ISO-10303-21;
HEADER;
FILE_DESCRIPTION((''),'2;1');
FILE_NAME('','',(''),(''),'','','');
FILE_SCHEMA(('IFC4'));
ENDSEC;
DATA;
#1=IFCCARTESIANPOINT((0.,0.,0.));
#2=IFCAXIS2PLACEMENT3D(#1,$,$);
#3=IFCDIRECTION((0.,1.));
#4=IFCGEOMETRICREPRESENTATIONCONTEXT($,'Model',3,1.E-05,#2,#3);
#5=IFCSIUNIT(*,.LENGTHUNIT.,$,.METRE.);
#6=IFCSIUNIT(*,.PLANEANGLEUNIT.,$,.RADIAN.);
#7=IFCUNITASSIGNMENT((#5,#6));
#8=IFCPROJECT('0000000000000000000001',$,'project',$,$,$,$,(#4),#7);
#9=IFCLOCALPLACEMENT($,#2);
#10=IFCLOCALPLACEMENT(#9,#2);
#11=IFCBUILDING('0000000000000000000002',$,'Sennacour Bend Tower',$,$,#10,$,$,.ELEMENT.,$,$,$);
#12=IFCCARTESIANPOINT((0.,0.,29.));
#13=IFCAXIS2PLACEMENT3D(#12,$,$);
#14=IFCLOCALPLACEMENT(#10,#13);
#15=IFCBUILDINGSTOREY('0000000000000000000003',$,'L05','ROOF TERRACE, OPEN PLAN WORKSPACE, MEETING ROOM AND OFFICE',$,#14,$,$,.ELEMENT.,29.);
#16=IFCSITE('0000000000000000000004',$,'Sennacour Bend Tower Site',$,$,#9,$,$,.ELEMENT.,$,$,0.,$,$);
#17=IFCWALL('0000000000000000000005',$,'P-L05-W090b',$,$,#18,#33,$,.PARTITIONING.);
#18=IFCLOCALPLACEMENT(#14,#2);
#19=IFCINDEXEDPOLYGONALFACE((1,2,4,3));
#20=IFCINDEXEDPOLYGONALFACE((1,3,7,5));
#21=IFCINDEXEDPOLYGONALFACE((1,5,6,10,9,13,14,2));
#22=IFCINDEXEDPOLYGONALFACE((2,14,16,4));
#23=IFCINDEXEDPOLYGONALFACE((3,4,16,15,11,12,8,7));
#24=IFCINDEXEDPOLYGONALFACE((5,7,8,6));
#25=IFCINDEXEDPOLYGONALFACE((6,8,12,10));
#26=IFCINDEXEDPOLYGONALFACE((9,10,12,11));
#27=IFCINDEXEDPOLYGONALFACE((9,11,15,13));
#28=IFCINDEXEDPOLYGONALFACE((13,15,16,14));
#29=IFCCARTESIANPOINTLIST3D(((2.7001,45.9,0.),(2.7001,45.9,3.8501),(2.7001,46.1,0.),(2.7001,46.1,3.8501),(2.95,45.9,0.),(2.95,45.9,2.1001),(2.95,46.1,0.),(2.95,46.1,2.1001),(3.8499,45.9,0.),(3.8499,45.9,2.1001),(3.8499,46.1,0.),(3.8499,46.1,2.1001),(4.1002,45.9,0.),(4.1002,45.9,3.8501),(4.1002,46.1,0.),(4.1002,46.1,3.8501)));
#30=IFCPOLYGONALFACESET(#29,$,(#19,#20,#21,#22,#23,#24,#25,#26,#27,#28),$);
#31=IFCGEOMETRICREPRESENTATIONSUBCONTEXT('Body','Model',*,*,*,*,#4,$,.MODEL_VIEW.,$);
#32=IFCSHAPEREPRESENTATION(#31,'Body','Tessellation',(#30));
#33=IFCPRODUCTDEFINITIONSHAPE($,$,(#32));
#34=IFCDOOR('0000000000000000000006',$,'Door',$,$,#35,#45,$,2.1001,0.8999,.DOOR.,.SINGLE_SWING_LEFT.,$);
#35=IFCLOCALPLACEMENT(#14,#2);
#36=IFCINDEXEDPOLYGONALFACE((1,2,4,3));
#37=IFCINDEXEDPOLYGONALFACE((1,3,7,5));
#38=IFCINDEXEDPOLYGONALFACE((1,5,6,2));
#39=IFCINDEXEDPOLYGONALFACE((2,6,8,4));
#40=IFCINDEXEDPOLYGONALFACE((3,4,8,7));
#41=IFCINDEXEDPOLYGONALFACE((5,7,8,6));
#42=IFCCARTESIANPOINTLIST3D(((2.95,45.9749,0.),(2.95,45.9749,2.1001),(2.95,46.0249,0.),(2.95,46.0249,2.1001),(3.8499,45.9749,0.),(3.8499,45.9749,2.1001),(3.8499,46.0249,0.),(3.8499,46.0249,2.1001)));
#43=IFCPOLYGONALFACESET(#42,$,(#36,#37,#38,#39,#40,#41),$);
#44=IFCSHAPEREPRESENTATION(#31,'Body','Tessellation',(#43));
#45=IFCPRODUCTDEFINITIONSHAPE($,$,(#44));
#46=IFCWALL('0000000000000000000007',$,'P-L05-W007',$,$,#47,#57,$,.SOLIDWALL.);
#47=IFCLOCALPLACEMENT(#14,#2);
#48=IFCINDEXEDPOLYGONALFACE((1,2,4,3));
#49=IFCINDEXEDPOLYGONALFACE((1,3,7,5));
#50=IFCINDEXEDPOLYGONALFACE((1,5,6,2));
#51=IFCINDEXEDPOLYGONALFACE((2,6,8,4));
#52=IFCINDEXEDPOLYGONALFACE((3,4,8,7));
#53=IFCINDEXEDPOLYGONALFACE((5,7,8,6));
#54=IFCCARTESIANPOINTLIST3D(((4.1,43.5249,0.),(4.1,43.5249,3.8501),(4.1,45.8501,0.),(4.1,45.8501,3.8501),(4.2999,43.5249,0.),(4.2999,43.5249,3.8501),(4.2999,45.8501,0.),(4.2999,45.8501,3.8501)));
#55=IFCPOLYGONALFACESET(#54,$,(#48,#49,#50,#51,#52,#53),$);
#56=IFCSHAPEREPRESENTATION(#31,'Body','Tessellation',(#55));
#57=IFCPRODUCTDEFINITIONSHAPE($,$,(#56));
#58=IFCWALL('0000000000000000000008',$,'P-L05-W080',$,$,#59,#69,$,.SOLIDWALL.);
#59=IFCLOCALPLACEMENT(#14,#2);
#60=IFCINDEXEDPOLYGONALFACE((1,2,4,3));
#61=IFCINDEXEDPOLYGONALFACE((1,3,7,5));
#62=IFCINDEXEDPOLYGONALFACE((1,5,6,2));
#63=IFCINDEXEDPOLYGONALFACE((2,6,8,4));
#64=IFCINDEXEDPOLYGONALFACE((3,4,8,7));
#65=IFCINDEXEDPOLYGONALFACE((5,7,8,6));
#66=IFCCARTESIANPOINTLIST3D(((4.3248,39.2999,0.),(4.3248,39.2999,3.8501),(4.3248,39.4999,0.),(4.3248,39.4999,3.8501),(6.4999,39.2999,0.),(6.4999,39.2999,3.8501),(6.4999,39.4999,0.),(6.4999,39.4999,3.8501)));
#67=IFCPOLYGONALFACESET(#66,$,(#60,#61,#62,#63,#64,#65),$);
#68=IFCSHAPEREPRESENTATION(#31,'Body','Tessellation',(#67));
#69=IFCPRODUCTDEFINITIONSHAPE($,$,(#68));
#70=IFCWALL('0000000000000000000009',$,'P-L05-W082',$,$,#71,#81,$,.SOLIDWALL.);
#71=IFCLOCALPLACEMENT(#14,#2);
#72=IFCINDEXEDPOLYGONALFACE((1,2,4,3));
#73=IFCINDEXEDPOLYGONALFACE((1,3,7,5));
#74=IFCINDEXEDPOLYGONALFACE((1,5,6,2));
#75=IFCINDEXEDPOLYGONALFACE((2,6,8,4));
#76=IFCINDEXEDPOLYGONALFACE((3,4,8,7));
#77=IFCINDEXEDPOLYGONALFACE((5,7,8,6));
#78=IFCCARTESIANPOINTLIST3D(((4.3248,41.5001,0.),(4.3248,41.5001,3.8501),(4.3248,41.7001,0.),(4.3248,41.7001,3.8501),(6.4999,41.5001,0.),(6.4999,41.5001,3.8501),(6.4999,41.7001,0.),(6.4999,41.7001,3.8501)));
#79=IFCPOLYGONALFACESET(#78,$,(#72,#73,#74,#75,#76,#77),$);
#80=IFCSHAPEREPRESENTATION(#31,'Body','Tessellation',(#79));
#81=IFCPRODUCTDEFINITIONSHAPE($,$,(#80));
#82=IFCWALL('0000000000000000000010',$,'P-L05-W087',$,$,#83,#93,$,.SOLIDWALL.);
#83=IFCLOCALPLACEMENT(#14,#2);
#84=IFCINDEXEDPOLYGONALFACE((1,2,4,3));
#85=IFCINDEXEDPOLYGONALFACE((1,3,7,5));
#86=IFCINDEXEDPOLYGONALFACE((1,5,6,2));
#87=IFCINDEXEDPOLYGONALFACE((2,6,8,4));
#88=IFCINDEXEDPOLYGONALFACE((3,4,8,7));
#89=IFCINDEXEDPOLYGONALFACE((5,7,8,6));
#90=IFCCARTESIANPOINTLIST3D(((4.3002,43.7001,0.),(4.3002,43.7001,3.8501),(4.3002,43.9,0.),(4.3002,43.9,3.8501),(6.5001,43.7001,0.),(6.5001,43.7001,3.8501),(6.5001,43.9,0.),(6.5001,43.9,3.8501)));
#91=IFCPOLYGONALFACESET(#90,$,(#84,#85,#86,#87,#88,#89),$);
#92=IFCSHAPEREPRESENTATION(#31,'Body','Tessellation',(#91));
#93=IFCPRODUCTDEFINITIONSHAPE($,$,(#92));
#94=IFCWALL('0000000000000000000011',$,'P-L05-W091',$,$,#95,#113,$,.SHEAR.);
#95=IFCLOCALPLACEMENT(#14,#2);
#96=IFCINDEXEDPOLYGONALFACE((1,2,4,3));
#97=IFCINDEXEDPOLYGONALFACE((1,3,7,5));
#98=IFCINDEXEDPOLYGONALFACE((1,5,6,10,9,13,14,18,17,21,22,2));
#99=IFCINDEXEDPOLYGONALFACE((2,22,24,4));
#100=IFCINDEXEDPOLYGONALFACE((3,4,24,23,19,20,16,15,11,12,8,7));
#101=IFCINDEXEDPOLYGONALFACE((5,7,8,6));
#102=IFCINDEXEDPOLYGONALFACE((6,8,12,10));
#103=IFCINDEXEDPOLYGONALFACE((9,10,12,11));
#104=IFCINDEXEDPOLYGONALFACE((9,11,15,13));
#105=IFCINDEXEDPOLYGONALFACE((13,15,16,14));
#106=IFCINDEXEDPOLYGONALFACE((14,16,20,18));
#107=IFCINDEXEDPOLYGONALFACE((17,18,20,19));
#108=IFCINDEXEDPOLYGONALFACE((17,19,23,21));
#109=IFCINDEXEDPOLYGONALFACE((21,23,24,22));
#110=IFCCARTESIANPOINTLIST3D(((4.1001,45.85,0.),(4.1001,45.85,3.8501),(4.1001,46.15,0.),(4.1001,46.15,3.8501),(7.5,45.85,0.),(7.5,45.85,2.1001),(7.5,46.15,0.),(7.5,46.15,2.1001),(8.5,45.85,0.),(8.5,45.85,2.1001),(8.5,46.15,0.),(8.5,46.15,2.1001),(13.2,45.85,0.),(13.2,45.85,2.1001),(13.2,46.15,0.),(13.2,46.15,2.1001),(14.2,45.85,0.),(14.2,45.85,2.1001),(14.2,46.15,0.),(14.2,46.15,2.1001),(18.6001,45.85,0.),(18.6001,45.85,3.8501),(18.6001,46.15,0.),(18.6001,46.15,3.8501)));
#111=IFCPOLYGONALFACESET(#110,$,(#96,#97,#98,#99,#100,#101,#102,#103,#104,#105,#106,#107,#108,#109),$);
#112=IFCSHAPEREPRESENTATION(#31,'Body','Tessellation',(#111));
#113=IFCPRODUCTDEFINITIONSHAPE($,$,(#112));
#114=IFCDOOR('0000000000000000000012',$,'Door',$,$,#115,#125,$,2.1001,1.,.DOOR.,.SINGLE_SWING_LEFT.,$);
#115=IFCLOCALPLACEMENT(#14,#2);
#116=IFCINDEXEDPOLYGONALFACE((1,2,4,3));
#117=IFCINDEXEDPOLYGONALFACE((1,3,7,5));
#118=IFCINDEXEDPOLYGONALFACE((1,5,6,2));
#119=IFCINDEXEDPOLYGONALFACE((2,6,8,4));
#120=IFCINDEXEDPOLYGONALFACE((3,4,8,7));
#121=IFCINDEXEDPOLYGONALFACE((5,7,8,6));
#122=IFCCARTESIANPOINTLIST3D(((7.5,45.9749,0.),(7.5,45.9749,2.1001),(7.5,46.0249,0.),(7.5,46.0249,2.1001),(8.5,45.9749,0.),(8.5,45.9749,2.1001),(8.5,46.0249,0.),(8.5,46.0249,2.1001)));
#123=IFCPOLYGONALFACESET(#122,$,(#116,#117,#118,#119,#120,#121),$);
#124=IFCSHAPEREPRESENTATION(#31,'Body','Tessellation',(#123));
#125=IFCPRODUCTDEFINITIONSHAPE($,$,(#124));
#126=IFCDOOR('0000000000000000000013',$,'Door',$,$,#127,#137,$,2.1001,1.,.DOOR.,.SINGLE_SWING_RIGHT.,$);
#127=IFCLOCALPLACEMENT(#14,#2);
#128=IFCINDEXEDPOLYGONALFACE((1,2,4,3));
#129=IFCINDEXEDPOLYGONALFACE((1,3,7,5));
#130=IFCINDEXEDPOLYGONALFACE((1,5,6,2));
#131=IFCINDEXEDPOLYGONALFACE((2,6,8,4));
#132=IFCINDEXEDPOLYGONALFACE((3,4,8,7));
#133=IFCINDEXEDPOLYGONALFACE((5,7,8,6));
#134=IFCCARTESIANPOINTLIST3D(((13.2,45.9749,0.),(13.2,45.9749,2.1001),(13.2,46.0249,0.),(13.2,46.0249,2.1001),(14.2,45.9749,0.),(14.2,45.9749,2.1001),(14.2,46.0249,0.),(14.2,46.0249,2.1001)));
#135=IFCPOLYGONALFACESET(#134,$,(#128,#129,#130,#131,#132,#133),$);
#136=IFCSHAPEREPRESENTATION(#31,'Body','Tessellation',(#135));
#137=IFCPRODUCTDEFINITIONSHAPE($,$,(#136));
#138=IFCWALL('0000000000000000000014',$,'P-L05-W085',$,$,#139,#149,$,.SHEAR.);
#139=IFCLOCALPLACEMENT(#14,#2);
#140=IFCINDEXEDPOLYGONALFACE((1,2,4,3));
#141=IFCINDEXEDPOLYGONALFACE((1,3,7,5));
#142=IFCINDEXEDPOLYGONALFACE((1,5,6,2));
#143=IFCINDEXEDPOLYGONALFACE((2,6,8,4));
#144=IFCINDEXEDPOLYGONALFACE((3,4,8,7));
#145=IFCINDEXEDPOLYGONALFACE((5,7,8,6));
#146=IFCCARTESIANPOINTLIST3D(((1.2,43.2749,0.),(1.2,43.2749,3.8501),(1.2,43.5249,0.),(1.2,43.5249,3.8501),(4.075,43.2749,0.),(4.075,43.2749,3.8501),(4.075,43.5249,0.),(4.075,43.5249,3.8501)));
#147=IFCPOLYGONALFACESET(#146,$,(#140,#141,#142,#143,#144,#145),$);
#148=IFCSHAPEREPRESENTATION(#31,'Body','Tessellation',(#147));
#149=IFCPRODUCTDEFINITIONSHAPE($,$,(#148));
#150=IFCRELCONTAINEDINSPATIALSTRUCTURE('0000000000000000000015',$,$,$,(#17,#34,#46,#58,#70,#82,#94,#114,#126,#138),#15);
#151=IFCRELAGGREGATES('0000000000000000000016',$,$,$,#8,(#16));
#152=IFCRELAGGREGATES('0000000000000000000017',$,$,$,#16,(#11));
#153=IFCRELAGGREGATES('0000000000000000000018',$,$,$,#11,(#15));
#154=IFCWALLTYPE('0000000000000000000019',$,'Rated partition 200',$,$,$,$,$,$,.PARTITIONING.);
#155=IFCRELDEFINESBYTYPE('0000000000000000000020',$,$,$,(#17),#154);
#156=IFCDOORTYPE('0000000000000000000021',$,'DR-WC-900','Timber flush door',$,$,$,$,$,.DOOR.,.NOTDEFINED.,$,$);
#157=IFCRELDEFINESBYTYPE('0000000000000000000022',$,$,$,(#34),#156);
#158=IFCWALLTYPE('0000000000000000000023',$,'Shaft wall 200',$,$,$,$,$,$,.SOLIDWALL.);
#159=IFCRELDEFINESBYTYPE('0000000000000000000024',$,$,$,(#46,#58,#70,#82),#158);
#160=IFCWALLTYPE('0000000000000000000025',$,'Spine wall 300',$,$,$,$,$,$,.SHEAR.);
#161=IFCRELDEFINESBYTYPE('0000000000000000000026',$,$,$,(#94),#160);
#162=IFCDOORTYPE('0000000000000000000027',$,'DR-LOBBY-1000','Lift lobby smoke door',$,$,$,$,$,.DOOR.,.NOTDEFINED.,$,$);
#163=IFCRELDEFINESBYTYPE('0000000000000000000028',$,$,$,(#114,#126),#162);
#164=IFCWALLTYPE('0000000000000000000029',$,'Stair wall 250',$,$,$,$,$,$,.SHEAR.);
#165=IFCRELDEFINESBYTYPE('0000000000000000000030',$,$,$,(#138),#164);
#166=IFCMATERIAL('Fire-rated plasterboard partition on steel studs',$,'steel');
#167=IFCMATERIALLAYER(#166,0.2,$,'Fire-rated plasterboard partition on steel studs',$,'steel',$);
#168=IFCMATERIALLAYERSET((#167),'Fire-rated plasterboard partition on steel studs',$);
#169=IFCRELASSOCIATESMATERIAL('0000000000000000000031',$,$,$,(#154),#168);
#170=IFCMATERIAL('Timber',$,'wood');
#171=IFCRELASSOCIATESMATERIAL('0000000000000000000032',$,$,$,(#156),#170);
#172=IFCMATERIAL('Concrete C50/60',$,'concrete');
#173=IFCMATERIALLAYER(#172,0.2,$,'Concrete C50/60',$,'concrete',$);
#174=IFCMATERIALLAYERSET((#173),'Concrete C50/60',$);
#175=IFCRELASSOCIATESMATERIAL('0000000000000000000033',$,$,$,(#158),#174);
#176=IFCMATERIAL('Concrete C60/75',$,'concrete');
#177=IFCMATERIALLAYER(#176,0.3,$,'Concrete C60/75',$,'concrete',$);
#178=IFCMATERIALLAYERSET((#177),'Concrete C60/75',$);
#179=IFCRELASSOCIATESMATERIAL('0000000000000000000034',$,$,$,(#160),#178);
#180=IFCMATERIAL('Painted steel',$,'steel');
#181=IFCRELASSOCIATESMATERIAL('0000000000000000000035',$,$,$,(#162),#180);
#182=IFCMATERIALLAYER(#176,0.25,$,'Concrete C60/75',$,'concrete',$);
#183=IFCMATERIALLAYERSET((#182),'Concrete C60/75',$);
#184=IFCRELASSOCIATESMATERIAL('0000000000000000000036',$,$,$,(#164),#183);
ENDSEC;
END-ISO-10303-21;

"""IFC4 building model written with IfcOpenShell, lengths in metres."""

from ifc_helpers import new_model, si_unit, direction, frame, frame_2d, origin, place, context, subcontext, project, spatial, rectangle, extrude, material, layer, layer_set, type_object, element, fill, save


model = new_model("IFC4")

# Units and contexts
model_context = context("Model", 3, precision=1e-05, world=origin(), true_north=direction((0.0, 1.0)))
body_context = subcontext(model_context, "Body", "Model", "MODEL_VIEW")
ifc_project = project(units=[si_unit("LENGTHUNIT", "METRE"), si_unit("PLANEANGLEUNIT", "RADIAN")], contexts=[model_context])

# Site, building, storey
site_placement = place(None, origin())
site = spatial("IfcSite", under=ifc_project, at=site_placement, Name="Sennacour Bend Tower Site", CompositionType="ELEMENT", RefElevation=0.0)
building_placement = place(site_placement, origin())
building = spatial("IfcBuilding", under=site, at=building_placement, Name="Sennacour Bend Tower", CompositionType="ELEMENT")
storey_placement = place(building_placement, frame((0.0, 0.0, 29.0)))
storey = spatial("IfcBuildingStorey", under=building, at=storey_placement, Name="L05", Description="ROOF TERRACE, OPEN PLAN WORKSPACE, MEETING ROOM AND OFFICE", CompositionType="ELEMENT", Elevation=29.0)

# Shared definitions
ifc_material_1 = material(Name="Fire-rated plasterboard partition on steel studs", Category="steel")
ifc_layer_1 = layer(ifc_material_1, 0.2, Name="Fire-rated plasterboard partition on steel studs", Category="steel")
ifc_layer_set_1 = layer_set([ifc_layer_1], Name="Fire-rated plasterboard partition on steel studs")
wall_type_1 = type_object("IfcWallType", Name="Rated partition 200", PredefinedType="PARTITIONING", material=ifc_layer_set_1)

# Shared definitions
ifc_material_2 = material(Name="Painted steel", Category="steel")

# Wall, opening, door
wall_1_placement = place(storey_placement, frame((2.7, 46.0, 0.0), z_axis=(0.0, 0.0, 1.0), x_axis=(1.0, 0.0, 0.0)))
wall_1 = element("IfcWall", 1, at=wall_1_placement, inside=storey, type_object=wall_type_1, Name="P-L05-W090b", PredefinedType="PARTITIONING", context=body_context, shape_type="SweptSolid", body=[
    extrude(rectangle(XDim=1.4001, YDim=0.2, at=frame_2d((0.7002, 0.0))), origin(), (0.0, 0.0, 1.0), 3.8501),
])
opening_1_placement = place(wall_1_placement, frame((0.25, 0.0, 0.0)))
opening_1 = element("IfcOpeningElement", 2, at=opening_1_placement, cuts=wall_1, PredefinedType="OPENING", context=body_context, shape_type="SweptSolid", body=[
    extrude(rectangle(XDim=0.8999, YDim=2.1001, at=frame_2d((0.45, 1.05))), frame((0.0, 0.1099, 0.0), z_axis=(0.0, -1.0, 0.0), x_axis=(1.0, 0.0, 0.0)), (0.0, 0.0, 1.0), 0.22),
])
ifc_material_3 = material(Name="Timber", Category="wood")
door_type_1 = type_object("IfcDoorType", Name="DR-WC-900", Description="Timber flush door", OperationType="NOTDEFINED", PredefinedType="DOOR", material=ifc_material_3)
door_1_placement = place(opening_1_placement, origin())
door_1 = element("IfcDoor", 3, at=door_1_placement, inside=storey, type_object=door_type_1, Name="Door", OperationType="SINGLE_SWING_LEFT", OverallHeight=2.1001, OverallWidth=0.8999, PredefinedType="DOOR", context=body_context, shape_type="SweptSolid", body=[
    extrude(rectangle(XDim=0.8999, YDim=2.1001, at=frame_2d((0.45, 1.05))), frame((0.0, 0.0249, 0.0), z_axis=(0.0, -1.0, 0.0), x_axis=(1.0, 0.0, 0.0)), (0.0, 0.0, 1.0), 0.05),
])
fill(opening_1, door_1)

# Walls
ifc_material_4 = material(Name="Concrete C50/60", Category="concrete")
ifc_layer_2 = layer(ifc_material_4, 0.2, Name="Concrete C50/60", Category="concrete")
ifc_layer_set_2 = layer_set([ifc_layer_2], Name="Concrete C50/60")
wall_type_2 = type_object("IfcWallType", Name="Shaft wall 200", PredefinedType="SOLIDWALL", material=ifc_layer_set_2)
wall_2_placement = place(storey_placement, frame((4.2, 43.5249, 0.0), z_axis=(0.0, 0.0, 1.0), x_axis=(0.0, 1.0, 0.0)))
element("IfcWall", 4, at=wall_2_placement, inside=storey, type_object=wall_type_2, Name="P-L05-W007", PredefinedType="SOLIDWALL", context=body_context, shape_type="SweptSolid", body=[
    extrude(rectangle(XDim=2.3252, YDim=0.2, at=frame_2d((1.1626, 0.0))), origin(), (0.0, 0.0, 1.0), 3.8501),
])
for number, where, z_axis, x_axis, name in (
    (5, (4.325, 39.3999, 0.0), (0.0, 0.0, 1.0), (1.0, 0.0, 0.0), "P-L05-W080"),
    (6, (4.325, 41.6001, 0.0), (0.0, 0.0, 1.0), (1.0, 0.0, 0.0), "P-L05-W082"),
):
    element("IfcWall", number, at=place(storey_placement, frame(where, z_axis=z_axis, x_axis=x_axis)), inside=storey, type_object=wall_type_2, Name=name, PredefinedType="SOLIDWALL", context=body_context, shape_type="SweptSolid", body=[
        extrude(rectangle(XDim=2.175, YDim=0.2, at=frame_2d((1.0874, 0.0))), origin(), (0.0, 0.0, 1.0), 3.8501),
    ])
wall_3_placement = place(storey_placement, frame((4.3, 43.8, 0.0), z_axis=(0.0, 0.0, 1.0), x_axis=(1.0, 0.0, 0.0)))
element("IfcWall", 7, at=wall_3_placement, inside=storey, type_object=wall_type_2, Name="P-L05-W087", PredefinedType="SOLIDWALL", context=body_context, shape_type="SweptSolid", body=[
    extrude(rectangle(XDim=2.2, YDim=0.2, at=frame_2d((1.1001, 0.0))), origin(), (0.0, 0.0, 1.0), 3.8501),
])

# Wall, openings, doors
ifc_material_5 = material(Name="Concrete C60/75", Category="concrete")
ifc_layer_3 = layer(ifc_material_5, 0.3, Name="Concrete C60/75", Category="concrete")
ifc_layer_set_3 = layer_set([ifc_layer_3], Name="Concrete C60/75")
wall_type_3 = type_object("IfcWallType", Name="Spine wall 300", PredefinedType="SHEAR", material=ifc_layer_set_3)
wall_4_placement = place(storey_placement, frame((4.1001, 46.0, 0.0), z_axis=(0.0, 0.0, 1.0), x_axis=(1.0, 0.0, 0.0)))
wall_4 = element("IfcWall", 8, at=wall_4_placement, inside=storey, type_object=wall_type_3, Name="P-L05-W091", PredefinedType="SHEAR", context=body_context, shape_type="SweptSolid", body=[
    extrude(rectangle(XDim=14.5, YDim=0.3, at=frame_2d((7.25, 0.0))), origin(), (0.0, 0.0, 1.0), 3.8501),
])
opening_2_placement = place(wall_4_placement, frame((3.3999, 0.0, 0.0)))
opening_2 = element("IfcOpeningElement", 9, at=opening_2_placement, cuts=wall_4, PredefinedType="OPENING", context=body_context, shape_type="SweptSolid", body=[
    extrude(rectangle(XDim=1.0, YDim=2.1001, at=frame_2d((0.5, 1.05))), frame((0.0, 0.1602, 0.0), z_axis=(0.0, -1.0, 0.0), x_axis=(1.0, 0.0, 0.0)), (0.0, 0.0, 1.0), 0.3201),
])
opening_3_placement = place(wall_4_placement, frame((9.0999, 0.0, 0.0)))
opening_3 = element("IfcOpeningElement", 10, at=opening_3_placement, cuts=wall_4, PredefinedType="OPENING", context=body_context, shape_type="SweptSolid", body=[
    extrude(rectangle(XDim=1.0, YDim=2.1001, at=frame_2d((0.5, 1.05))), frame((0.0, 0.1602, 0.0), z_axis=(0.0, -1.0, 0.0), x_axis=(1.0, 0.0, 0.0)), (0.0, 0.0, 1.0), 0.3201),
])
door_type_2 = type_object("IfcDoorType", Name="DR-LOBBY-1000", Description="Lift lobby smoke door", OperationType="NOTDEFINED", PredefinedType="DOOR", material=ifc_material_2)
door_2_placement = place(opening_2_placement, origin())
door_2 = element("IfcDoor", 11, at=door_2_placement, inside=storey, type_object=door_type_2, Name="Door", OperationType="SINGLE_SWING_LEFT", OverallHeight=2.1001, OverallWidth=1.0, PredefinedType="DOOR", context=body_context, shape_type="SweptSolid", body=[
    extrude(rectangle(XDim=1.0, YDim=2.1001, at=frame_2d((0.5, 1.05))), frame((0.0, 0.0249, 0.0), z_axis=(0.0, -1.0, 0.0), x_axis=(1.0, 0.0, 0.0)), (0.0, 0.0, 1.0), 0.05),
])
fill(opening_2, door_2)
door_3_placement = place(opening_3_placement, origin())
door_3 = element("IfcDoor", 12, at=door_3_placement, inside=storey, type_object=door_type_2, Name="Door", OperationType="SINGLE_SWING_RIGHT", OverallHeight=2.1001, OverallWidth=1.0, PredefinedType="DOOR", context=body_context, shape_type="SweptSolid", body=[
    extrude(rectangle(XDim=1.0, YDim=2.1001, at=frame_2d((0.5, 1.05))), frame((0.0, 0.0249, 0.0), z_axis=(0.0, -1.0, 0.0), x_axis=(1.0, 0.0, 0.0)), (0.0, 0.0, 1.0), 0.05),
])
fill(opening_3, door_3)

# Wall
ifc_layer_4 = layer(ifc_material_5, 0.25, Name="Concrete C60/75", Category="concrete")
ifc_layer_set_4 = layer_set([ifc_layer_4], Name="Concrete C60/75")
wall_type_4 = type_object("IfcWallType", Name="Stair wall 250", PredefinedType="SHEAR", material=ifc_layer_set_4)
wall_5_placement = place(storey_placement, frame((1.2, 43.3999, 0.0), z_axis=(0.0, 0.0, 1.0), x_axis=(1.0, 0.0, 0.0)))
element("IfcWall", 13, at=wall_5_placement, inside=storey, type_object=wall_type_4, Name="P-L05-W085", PredefinedType="SHEAR", context=body_context, shape_type="SweptSolid", body=[
    extrude(rectangle(XDim=2.875, YDim=0.25, at=frame_2d((1.4375, 0.0))), origin(), (0.0, 0.0, 1.0), 3.8501),
])

save(model, "model.ifc")
